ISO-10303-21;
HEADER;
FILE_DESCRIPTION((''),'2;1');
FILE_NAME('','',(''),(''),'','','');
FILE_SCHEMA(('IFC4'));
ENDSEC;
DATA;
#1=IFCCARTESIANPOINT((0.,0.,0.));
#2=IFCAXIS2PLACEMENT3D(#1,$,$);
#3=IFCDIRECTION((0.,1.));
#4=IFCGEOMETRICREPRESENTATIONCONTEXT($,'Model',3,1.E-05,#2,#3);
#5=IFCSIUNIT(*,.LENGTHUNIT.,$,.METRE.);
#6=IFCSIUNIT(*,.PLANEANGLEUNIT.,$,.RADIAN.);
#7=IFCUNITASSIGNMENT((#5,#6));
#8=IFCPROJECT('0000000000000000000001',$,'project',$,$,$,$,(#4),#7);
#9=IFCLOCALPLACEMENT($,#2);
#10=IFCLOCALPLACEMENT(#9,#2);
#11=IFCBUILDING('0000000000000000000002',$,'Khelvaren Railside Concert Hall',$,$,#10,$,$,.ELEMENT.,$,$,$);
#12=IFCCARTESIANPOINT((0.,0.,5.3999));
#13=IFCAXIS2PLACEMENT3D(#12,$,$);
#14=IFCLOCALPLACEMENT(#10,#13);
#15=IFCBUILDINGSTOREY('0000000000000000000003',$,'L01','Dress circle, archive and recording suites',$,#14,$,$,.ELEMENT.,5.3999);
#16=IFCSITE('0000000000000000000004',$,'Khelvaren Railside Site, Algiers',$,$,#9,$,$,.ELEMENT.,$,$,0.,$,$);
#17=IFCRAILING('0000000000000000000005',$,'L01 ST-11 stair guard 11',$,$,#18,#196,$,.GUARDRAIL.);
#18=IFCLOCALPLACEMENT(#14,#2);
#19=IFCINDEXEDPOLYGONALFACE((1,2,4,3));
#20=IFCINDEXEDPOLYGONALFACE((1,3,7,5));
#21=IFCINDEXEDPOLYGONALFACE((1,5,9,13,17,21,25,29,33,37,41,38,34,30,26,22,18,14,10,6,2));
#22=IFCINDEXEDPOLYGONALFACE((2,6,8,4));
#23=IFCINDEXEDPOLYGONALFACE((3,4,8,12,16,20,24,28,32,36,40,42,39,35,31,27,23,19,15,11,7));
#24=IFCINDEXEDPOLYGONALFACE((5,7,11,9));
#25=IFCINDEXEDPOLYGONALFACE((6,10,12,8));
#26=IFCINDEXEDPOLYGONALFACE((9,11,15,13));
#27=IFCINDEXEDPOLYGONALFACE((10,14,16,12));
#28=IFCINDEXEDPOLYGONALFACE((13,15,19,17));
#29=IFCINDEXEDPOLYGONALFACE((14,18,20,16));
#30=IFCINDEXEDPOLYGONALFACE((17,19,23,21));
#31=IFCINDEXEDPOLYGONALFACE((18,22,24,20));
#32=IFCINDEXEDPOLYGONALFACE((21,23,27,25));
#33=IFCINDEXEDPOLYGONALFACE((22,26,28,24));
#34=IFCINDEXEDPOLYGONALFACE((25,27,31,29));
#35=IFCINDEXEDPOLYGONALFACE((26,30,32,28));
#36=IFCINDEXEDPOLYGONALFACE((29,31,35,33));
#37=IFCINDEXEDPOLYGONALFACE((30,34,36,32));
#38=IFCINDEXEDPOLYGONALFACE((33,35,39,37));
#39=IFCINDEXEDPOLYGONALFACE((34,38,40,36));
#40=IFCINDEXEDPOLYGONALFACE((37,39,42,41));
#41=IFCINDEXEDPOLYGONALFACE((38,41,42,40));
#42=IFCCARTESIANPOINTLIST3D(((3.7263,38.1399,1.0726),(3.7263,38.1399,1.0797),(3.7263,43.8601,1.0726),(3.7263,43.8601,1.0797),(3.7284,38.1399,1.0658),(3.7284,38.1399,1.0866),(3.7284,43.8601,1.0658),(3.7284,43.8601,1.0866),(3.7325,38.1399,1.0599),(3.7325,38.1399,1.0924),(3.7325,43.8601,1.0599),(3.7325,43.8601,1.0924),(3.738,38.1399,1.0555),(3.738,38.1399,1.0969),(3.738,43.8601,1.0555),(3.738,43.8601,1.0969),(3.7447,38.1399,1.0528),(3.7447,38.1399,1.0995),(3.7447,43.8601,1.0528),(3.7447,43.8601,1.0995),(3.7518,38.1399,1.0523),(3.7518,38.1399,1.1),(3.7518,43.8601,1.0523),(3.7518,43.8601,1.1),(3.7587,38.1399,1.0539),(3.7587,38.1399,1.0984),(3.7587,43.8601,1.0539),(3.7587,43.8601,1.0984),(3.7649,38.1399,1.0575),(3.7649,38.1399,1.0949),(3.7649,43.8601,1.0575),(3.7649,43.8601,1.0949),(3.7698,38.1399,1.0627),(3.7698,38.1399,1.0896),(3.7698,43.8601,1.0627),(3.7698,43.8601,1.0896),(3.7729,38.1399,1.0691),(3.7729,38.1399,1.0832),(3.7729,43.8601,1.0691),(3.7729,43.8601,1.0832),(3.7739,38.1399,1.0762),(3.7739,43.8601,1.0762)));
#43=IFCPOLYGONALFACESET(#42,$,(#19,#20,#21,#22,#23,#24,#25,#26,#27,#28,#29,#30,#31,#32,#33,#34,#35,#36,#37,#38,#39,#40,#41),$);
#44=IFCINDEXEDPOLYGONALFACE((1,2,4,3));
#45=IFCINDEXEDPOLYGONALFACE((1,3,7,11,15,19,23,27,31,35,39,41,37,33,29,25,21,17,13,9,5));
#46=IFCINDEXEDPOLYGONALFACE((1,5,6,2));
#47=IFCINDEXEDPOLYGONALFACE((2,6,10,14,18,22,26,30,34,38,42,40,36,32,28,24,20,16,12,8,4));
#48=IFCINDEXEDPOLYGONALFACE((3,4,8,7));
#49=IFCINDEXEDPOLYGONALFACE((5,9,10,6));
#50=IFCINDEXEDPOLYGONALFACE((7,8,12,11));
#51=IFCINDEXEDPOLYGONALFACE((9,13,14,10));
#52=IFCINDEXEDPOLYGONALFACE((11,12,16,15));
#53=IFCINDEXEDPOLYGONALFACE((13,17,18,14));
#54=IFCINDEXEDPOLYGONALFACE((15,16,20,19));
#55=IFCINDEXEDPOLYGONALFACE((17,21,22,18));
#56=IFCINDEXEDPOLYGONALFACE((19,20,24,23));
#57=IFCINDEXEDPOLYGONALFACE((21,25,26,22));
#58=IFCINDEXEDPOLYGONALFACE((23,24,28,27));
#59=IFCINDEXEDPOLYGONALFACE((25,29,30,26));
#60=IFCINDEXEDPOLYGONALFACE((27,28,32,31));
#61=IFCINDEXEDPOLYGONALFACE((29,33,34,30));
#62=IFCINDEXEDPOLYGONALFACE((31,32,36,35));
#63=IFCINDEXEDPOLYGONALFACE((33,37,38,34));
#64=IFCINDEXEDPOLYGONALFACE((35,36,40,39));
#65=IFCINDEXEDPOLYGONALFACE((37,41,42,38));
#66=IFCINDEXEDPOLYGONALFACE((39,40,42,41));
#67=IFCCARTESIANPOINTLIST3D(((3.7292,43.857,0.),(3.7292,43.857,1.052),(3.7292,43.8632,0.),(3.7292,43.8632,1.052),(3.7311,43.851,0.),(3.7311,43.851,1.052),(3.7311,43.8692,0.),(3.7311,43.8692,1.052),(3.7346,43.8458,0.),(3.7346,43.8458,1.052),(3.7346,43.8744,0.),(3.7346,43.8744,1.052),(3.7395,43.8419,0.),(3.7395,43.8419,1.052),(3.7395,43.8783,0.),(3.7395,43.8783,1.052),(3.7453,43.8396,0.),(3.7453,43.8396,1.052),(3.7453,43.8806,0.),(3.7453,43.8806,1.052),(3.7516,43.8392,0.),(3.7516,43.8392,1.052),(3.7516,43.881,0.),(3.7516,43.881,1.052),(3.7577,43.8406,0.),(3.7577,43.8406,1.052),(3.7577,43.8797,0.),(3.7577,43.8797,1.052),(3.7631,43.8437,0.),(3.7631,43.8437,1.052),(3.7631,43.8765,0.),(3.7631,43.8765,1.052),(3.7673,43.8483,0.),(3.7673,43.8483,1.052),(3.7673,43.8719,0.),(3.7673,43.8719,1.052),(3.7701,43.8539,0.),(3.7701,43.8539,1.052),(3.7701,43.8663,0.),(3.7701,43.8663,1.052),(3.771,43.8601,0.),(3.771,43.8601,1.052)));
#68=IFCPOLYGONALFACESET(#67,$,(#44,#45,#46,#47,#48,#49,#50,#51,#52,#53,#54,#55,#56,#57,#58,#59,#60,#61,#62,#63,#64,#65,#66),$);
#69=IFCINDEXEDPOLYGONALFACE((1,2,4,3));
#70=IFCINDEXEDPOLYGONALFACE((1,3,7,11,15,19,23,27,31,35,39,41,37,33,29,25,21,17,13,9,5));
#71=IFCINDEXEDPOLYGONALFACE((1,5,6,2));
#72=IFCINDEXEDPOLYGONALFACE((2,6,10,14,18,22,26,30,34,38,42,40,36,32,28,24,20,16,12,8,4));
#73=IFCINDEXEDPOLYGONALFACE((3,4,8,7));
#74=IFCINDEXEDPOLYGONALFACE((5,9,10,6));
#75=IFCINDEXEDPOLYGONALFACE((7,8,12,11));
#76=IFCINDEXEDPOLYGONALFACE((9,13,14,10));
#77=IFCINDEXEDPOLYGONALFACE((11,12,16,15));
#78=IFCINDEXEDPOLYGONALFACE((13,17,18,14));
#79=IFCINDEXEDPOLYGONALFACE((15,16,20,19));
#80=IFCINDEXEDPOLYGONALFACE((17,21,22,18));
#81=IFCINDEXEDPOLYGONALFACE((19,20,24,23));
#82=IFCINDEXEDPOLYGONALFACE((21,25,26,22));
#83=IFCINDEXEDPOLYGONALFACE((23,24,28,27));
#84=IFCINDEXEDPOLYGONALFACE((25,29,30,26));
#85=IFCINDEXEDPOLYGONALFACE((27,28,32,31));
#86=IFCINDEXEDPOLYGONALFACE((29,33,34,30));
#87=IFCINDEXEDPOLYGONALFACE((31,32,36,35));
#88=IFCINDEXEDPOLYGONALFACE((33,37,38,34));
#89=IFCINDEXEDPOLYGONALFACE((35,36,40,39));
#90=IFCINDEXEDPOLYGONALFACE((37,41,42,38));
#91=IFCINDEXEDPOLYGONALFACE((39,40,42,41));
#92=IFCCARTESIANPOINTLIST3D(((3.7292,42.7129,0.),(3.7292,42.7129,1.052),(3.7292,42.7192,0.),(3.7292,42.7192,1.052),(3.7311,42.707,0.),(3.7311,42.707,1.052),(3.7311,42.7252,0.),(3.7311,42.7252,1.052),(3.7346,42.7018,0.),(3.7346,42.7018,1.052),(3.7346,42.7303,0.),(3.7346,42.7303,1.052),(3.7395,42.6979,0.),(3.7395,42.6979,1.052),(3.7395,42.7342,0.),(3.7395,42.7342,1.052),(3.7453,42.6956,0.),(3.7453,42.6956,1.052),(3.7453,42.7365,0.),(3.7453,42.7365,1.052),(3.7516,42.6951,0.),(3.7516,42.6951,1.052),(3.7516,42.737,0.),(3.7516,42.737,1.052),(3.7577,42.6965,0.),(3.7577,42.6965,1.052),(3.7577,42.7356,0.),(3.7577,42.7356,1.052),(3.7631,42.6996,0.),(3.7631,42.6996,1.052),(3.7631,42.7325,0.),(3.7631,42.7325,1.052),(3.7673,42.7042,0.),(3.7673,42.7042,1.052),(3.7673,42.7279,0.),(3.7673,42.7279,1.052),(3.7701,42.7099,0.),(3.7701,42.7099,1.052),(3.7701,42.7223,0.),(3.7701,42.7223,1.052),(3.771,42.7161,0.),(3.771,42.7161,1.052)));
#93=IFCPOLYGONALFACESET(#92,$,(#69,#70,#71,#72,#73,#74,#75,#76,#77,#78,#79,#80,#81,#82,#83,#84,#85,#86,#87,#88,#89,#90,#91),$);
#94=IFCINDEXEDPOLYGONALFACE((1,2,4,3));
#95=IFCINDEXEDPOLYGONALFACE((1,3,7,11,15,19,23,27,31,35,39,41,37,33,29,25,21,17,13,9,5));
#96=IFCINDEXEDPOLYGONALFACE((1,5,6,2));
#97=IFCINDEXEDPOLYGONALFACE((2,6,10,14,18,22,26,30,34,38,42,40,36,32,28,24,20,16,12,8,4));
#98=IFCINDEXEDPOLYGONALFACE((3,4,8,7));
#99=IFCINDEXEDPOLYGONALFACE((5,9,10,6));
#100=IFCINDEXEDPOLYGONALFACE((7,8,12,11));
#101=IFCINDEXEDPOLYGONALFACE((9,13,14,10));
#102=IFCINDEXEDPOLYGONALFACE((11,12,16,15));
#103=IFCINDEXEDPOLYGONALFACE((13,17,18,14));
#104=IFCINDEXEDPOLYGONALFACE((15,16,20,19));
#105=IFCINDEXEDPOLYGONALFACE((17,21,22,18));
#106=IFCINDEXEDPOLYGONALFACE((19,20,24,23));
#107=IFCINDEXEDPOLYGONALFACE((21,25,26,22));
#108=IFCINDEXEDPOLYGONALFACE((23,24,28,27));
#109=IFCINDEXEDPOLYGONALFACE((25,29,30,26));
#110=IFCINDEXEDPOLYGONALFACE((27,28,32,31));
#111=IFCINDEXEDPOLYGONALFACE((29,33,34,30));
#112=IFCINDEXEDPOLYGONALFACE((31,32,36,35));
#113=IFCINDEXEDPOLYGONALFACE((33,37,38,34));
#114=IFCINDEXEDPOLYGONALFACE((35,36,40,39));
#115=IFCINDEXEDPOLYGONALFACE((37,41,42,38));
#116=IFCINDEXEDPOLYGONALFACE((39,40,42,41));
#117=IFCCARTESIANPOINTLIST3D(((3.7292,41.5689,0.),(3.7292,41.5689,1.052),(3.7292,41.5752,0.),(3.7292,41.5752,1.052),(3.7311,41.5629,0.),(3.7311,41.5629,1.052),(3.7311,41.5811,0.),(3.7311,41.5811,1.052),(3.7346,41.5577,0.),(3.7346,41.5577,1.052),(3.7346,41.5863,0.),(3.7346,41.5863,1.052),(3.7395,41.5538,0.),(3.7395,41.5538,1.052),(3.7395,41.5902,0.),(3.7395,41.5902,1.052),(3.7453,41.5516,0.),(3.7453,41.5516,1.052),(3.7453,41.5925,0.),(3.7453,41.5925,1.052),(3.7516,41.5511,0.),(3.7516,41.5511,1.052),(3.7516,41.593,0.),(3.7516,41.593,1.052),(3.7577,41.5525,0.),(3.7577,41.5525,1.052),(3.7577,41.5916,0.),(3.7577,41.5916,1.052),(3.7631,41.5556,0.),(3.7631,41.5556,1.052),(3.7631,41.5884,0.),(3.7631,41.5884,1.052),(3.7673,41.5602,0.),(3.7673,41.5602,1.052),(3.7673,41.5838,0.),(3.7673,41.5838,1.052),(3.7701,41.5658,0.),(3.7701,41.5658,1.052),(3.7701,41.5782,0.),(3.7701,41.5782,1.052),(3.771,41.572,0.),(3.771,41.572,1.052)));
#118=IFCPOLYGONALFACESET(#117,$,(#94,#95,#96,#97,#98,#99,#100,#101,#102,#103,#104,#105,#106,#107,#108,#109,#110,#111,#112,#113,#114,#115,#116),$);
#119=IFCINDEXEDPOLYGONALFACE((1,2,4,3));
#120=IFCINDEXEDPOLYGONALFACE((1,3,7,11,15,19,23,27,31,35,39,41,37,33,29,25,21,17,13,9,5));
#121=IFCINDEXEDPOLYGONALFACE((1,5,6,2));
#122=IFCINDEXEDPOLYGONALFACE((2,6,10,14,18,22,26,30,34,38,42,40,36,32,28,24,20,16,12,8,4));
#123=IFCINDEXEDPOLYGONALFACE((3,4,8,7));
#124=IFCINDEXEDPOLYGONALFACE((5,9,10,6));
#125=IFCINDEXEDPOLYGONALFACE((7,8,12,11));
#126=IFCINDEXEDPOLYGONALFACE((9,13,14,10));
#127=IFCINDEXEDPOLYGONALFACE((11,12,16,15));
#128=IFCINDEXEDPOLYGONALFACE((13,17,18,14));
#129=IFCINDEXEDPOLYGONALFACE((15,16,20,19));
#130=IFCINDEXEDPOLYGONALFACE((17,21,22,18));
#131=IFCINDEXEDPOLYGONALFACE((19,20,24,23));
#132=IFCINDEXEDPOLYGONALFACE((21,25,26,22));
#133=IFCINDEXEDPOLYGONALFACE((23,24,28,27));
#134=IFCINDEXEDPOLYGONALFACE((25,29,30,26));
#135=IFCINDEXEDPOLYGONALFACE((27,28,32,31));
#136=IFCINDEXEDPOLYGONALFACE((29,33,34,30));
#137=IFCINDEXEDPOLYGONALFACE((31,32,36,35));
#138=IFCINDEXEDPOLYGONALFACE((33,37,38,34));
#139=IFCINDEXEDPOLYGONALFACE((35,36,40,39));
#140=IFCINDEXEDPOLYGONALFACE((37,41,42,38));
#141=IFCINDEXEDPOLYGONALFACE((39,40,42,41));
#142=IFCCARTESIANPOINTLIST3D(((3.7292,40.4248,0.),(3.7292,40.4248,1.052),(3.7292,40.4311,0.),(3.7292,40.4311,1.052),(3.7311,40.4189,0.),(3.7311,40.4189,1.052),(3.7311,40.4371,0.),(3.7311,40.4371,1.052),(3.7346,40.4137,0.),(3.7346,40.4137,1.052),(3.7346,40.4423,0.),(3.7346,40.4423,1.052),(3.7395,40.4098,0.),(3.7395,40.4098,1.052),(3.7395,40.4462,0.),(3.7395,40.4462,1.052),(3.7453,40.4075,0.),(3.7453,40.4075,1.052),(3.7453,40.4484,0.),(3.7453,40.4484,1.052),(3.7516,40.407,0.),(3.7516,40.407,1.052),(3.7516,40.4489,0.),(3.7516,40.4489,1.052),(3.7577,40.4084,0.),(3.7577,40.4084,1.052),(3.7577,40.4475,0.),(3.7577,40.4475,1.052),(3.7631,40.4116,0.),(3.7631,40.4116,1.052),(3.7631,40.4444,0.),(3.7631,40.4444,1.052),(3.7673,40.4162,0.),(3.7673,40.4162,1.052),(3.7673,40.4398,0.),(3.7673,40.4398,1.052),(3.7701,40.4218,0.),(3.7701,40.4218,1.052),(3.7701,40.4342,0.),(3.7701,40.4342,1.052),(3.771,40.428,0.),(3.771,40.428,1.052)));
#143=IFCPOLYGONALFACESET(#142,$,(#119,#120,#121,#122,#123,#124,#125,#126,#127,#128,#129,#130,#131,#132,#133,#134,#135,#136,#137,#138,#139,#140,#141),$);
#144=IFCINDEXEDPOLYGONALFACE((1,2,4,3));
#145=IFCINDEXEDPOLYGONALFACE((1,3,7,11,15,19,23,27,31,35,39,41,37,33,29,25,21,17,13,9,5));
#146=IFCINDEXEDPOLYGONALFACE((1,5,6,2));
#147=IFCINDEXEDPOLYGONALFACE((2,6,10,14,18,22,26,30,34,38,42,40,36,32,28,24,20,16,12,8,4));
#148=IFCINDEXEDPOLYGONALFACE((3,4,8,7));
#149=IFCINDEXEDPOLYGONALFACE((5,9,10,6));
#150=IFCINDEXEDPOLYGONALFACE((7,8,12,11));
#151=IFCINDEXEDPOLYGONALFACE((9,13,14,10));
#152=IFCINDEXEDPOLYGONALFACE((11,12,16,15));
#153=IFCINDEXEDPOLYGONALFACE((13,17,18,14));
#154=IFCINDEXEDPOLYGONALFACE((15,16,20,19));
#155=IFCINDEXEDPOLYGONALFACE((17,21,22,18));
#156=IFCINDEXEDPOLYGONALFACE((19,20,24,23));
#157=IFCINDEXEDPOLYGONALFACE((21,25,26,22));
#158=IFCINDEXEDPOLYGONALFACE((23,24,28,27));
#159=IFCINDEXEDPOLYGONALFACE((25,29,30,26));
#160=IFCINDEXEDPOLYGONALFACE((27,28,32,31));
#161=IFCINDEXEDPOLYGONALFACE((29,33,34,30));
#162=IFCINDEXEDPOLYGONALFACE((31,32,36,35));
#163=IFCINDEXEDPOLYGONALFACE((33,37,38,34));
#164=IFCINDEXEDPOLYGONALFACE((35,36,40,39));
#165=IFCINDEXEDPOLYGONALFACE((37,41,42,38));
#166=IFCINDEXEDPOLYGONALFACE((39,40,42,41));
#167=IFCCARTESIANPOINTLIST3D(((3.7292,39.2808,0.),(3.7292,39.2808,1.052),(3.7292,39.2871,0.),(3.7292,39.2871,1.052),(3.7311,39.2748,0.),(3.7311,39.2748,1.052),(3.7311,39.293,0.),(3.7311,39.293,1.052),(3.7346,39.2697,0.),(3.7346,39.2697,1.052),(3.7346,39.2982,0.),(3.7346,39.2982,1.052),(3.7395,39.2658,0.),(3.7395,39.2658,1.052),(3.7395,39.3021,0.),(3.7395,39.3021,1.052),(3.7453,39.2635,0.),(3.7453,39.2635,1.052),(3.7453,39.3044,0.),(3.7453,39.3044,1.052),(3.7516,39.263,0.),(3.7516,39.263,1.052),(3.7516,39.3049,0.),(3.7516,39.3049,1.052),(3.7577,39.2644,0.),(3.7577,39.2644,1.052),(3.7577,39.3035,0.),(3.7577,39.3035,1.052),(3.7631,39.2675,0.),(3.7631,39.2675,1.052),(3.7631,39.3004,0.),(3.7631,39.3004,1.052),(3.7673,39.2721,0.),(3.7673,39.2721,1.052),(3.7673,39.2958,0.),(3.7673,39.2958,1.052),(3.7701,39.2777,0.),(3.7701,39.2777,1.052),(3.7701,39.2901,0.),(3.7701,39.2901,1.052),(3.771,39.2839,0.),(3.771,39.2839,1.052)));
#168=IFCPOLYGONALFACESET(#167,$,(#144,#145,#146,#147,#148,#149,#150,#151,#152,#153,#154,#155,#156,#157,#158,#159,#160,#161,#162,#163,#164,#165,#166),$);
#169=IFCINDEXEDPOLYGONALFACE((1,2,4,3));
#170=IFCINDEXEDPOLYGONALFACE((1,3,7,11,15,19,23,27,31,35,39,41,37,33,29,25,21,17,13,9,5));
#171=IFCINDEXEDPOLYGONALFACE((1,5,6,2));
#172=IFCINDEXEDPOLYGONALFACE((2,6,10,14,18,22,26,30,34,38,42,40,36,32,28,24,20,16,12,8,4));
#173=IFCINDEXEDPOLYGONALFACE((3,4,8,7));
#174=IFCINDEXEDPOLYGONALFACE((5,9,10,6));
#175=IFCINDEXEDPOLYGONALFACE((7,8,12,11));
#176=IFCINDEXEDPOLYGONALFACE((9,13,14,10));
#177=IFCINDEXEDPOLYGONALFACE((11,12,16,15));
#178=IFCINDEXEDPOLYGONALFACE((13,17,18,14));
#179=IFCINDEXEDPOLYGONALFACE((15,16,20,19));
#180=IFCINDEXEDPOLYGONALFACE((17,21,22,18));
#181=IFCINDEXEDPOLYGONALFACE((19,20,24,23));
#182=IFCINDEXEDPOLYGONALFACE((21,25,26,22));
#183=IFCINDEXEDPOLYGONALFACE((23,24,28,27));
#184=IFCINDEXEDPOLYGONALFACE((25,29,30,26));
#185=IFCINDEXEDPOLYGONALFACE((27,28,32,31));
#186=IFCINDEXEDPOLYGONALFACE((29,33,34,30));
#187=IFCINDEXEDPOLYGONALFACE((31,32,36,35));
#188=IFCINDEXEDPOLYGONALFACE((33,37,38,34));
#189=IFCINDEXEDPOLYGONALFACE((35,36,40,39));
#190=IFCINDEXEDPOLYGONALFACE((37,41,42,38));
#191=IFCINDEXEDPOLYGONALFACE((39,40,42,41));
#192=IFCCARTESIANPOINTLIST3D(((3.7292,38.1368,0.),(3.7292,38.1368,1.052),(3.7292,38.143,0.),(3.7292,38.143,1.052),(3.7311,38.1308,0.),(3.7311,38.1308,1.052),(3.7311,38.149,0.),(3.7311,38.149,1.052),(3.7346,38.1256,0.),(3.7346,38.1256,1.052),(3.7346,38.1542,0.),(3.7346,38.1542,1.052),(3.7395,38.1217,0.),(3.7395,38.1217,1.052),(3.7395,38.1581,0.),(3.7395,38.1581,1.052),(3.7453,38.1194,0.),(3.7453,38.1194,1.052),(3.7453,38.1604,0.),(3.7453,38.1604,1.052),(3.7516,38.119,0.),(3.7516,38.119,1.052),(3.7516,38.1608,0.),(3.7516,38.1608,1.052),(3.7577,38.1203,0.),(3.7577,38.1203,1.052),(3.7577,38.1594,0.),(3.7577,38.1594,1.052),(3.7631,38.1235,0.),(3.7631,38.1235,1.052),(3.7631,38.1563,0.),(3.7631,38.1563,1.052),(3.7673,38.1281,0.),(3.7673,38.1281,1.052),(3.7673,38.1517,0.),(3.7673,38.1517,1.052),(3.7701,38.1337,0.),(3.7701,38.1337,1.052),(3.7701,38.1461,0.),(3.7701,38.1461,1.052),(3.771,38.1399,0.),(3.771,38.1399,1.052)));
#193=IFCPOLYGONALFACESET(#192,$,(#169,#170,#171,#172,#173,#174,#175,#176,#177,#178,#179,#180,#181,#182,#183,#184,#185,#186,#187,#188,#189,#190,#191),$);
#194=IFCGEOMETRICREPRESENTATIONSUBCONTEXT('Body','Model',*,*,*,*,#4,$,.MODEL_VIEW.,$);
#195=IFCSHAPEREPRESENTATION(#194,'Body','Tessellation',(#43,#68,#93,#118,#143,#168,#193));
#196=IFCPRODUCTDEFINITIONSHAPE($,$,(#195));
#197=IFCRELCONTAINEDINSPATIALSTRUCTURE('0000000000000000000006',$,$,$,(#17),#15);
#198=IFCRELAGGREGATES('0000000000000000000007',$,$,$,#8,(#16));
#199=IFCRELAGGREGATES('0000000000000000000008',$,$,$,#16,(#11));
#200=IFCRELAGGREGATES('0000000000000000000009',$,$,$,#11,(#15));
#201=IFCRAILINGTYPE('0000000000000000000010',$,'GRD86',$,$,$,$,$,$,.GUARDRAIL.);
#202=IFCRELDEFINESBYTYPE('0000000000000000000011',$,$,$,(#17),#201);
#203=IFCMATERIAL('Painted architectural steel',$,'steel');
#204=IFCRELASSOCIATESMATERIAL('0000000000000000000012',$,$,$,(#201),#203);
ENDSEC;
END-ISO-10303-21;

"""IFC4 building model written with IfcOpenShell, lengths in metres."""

from ifc_helpers import new_model, si_unit, direction, frame, origin, origin_2d, place, context, subcontext, project, spatial, circle, extrude, material, type_object, element, save


model = new_model("IFC4")

# Units and contexts
model_context = context("Model", 3, precision=1e-05, world=origin(), true_north=direction((0.0, 1.0)))
body_context = subcontext(model_context, "Body", "Model", "MODEL_VIEW")
ifc_project = project(units=[si_unit("LENGTHUNIT", "METRE"), si_unit("PLANEANGLEUNIT", "RADIAN")], contexts=[model_context])

# Site, building, storey
site_placement = place(None, origin())
site = spatial("IfcSite", under=ifc_project, at=site_placement, Name="Khelvaren Railside Site, Algiers", CompositionType="ELEMENT", RefElevation=0.0)
building_placement = place(site_placement, origin())
building = spatial("IfcBuilding", under=site, at=building_placement, Name="Khelvaren Railside Concert Hall", CompositionType="ELEMENT")
storey_placement = place(building_placement, frame((0.0, 0.0, 5.3999)))
storey = spatial("IfcBuildingStorey", under=building, at=storey_placement, Name="L01", Description="Dress circle, archive and recording suites", CompositionType="ELEMENT", Elevation=5.3999)

# Railing
ifc_material_1 = material(Name="Painted architectural steel", Category="steel")
railing_type_1 = type_object("IfcRailingType", Name="GRD86", PredefinedType="GUARDRAIL", material=ifc_material_1)
railing_1_placement = place(storey_placement, frame((3.75, 43.8601, 0.0)))
element("IfcRailing", 1, at=railing_1_placement, inside=storey, type_object=railing_type_1, Name="L01 ST-11 stair guard 11", PredefinedType="GUARDRAIL", context=body_context, shape_type="SweptSolid", body=[
    extrude(circle(Radius=0.0239, at=origin_2d()), frame((0.0, 0.0, 1.0762), z_axis=(0.0, -1.0, 0.0), x_axis=(1.0, 0.0, 0.0)), (0.0, 0.0, 1.0), 5.7202),
    extrude(circle(Radius=0.021, at=origin_2d()), origin(), (0.0, 0.0, 1.0), 1.052),
    extrude(circle(Radius=0.021, at=origin_2d()), frame((0.0, -1.144, 0.0)), (0.0, 0.0, 1.0), 1.052),
    extrude(circle(Radius=0.021, at=origin_2d()), frame((0.0, -2.2881, 0.0)), (0.0, 0.0, 1.0), 1.052),
    extrude(circle(Radius=0.021, at=origin_2d()), frame((0.0, -3.4321, 0.0)), (0.0, 0.0, 1.0), 1.052),
    extrude(circle(Radius=0.021, at=origin_2d()), frame((0.0, -4.5762, 0.0)), (0.0, 0.0, 1.0), 1.052),
    extrude(circle(Radius=0.021, at=origin_2d()), frame((0.0, -5.7202, 0.0)), (0.0, 0.0, 1.0), 1.052),
])

save(model, "model.ifc")
